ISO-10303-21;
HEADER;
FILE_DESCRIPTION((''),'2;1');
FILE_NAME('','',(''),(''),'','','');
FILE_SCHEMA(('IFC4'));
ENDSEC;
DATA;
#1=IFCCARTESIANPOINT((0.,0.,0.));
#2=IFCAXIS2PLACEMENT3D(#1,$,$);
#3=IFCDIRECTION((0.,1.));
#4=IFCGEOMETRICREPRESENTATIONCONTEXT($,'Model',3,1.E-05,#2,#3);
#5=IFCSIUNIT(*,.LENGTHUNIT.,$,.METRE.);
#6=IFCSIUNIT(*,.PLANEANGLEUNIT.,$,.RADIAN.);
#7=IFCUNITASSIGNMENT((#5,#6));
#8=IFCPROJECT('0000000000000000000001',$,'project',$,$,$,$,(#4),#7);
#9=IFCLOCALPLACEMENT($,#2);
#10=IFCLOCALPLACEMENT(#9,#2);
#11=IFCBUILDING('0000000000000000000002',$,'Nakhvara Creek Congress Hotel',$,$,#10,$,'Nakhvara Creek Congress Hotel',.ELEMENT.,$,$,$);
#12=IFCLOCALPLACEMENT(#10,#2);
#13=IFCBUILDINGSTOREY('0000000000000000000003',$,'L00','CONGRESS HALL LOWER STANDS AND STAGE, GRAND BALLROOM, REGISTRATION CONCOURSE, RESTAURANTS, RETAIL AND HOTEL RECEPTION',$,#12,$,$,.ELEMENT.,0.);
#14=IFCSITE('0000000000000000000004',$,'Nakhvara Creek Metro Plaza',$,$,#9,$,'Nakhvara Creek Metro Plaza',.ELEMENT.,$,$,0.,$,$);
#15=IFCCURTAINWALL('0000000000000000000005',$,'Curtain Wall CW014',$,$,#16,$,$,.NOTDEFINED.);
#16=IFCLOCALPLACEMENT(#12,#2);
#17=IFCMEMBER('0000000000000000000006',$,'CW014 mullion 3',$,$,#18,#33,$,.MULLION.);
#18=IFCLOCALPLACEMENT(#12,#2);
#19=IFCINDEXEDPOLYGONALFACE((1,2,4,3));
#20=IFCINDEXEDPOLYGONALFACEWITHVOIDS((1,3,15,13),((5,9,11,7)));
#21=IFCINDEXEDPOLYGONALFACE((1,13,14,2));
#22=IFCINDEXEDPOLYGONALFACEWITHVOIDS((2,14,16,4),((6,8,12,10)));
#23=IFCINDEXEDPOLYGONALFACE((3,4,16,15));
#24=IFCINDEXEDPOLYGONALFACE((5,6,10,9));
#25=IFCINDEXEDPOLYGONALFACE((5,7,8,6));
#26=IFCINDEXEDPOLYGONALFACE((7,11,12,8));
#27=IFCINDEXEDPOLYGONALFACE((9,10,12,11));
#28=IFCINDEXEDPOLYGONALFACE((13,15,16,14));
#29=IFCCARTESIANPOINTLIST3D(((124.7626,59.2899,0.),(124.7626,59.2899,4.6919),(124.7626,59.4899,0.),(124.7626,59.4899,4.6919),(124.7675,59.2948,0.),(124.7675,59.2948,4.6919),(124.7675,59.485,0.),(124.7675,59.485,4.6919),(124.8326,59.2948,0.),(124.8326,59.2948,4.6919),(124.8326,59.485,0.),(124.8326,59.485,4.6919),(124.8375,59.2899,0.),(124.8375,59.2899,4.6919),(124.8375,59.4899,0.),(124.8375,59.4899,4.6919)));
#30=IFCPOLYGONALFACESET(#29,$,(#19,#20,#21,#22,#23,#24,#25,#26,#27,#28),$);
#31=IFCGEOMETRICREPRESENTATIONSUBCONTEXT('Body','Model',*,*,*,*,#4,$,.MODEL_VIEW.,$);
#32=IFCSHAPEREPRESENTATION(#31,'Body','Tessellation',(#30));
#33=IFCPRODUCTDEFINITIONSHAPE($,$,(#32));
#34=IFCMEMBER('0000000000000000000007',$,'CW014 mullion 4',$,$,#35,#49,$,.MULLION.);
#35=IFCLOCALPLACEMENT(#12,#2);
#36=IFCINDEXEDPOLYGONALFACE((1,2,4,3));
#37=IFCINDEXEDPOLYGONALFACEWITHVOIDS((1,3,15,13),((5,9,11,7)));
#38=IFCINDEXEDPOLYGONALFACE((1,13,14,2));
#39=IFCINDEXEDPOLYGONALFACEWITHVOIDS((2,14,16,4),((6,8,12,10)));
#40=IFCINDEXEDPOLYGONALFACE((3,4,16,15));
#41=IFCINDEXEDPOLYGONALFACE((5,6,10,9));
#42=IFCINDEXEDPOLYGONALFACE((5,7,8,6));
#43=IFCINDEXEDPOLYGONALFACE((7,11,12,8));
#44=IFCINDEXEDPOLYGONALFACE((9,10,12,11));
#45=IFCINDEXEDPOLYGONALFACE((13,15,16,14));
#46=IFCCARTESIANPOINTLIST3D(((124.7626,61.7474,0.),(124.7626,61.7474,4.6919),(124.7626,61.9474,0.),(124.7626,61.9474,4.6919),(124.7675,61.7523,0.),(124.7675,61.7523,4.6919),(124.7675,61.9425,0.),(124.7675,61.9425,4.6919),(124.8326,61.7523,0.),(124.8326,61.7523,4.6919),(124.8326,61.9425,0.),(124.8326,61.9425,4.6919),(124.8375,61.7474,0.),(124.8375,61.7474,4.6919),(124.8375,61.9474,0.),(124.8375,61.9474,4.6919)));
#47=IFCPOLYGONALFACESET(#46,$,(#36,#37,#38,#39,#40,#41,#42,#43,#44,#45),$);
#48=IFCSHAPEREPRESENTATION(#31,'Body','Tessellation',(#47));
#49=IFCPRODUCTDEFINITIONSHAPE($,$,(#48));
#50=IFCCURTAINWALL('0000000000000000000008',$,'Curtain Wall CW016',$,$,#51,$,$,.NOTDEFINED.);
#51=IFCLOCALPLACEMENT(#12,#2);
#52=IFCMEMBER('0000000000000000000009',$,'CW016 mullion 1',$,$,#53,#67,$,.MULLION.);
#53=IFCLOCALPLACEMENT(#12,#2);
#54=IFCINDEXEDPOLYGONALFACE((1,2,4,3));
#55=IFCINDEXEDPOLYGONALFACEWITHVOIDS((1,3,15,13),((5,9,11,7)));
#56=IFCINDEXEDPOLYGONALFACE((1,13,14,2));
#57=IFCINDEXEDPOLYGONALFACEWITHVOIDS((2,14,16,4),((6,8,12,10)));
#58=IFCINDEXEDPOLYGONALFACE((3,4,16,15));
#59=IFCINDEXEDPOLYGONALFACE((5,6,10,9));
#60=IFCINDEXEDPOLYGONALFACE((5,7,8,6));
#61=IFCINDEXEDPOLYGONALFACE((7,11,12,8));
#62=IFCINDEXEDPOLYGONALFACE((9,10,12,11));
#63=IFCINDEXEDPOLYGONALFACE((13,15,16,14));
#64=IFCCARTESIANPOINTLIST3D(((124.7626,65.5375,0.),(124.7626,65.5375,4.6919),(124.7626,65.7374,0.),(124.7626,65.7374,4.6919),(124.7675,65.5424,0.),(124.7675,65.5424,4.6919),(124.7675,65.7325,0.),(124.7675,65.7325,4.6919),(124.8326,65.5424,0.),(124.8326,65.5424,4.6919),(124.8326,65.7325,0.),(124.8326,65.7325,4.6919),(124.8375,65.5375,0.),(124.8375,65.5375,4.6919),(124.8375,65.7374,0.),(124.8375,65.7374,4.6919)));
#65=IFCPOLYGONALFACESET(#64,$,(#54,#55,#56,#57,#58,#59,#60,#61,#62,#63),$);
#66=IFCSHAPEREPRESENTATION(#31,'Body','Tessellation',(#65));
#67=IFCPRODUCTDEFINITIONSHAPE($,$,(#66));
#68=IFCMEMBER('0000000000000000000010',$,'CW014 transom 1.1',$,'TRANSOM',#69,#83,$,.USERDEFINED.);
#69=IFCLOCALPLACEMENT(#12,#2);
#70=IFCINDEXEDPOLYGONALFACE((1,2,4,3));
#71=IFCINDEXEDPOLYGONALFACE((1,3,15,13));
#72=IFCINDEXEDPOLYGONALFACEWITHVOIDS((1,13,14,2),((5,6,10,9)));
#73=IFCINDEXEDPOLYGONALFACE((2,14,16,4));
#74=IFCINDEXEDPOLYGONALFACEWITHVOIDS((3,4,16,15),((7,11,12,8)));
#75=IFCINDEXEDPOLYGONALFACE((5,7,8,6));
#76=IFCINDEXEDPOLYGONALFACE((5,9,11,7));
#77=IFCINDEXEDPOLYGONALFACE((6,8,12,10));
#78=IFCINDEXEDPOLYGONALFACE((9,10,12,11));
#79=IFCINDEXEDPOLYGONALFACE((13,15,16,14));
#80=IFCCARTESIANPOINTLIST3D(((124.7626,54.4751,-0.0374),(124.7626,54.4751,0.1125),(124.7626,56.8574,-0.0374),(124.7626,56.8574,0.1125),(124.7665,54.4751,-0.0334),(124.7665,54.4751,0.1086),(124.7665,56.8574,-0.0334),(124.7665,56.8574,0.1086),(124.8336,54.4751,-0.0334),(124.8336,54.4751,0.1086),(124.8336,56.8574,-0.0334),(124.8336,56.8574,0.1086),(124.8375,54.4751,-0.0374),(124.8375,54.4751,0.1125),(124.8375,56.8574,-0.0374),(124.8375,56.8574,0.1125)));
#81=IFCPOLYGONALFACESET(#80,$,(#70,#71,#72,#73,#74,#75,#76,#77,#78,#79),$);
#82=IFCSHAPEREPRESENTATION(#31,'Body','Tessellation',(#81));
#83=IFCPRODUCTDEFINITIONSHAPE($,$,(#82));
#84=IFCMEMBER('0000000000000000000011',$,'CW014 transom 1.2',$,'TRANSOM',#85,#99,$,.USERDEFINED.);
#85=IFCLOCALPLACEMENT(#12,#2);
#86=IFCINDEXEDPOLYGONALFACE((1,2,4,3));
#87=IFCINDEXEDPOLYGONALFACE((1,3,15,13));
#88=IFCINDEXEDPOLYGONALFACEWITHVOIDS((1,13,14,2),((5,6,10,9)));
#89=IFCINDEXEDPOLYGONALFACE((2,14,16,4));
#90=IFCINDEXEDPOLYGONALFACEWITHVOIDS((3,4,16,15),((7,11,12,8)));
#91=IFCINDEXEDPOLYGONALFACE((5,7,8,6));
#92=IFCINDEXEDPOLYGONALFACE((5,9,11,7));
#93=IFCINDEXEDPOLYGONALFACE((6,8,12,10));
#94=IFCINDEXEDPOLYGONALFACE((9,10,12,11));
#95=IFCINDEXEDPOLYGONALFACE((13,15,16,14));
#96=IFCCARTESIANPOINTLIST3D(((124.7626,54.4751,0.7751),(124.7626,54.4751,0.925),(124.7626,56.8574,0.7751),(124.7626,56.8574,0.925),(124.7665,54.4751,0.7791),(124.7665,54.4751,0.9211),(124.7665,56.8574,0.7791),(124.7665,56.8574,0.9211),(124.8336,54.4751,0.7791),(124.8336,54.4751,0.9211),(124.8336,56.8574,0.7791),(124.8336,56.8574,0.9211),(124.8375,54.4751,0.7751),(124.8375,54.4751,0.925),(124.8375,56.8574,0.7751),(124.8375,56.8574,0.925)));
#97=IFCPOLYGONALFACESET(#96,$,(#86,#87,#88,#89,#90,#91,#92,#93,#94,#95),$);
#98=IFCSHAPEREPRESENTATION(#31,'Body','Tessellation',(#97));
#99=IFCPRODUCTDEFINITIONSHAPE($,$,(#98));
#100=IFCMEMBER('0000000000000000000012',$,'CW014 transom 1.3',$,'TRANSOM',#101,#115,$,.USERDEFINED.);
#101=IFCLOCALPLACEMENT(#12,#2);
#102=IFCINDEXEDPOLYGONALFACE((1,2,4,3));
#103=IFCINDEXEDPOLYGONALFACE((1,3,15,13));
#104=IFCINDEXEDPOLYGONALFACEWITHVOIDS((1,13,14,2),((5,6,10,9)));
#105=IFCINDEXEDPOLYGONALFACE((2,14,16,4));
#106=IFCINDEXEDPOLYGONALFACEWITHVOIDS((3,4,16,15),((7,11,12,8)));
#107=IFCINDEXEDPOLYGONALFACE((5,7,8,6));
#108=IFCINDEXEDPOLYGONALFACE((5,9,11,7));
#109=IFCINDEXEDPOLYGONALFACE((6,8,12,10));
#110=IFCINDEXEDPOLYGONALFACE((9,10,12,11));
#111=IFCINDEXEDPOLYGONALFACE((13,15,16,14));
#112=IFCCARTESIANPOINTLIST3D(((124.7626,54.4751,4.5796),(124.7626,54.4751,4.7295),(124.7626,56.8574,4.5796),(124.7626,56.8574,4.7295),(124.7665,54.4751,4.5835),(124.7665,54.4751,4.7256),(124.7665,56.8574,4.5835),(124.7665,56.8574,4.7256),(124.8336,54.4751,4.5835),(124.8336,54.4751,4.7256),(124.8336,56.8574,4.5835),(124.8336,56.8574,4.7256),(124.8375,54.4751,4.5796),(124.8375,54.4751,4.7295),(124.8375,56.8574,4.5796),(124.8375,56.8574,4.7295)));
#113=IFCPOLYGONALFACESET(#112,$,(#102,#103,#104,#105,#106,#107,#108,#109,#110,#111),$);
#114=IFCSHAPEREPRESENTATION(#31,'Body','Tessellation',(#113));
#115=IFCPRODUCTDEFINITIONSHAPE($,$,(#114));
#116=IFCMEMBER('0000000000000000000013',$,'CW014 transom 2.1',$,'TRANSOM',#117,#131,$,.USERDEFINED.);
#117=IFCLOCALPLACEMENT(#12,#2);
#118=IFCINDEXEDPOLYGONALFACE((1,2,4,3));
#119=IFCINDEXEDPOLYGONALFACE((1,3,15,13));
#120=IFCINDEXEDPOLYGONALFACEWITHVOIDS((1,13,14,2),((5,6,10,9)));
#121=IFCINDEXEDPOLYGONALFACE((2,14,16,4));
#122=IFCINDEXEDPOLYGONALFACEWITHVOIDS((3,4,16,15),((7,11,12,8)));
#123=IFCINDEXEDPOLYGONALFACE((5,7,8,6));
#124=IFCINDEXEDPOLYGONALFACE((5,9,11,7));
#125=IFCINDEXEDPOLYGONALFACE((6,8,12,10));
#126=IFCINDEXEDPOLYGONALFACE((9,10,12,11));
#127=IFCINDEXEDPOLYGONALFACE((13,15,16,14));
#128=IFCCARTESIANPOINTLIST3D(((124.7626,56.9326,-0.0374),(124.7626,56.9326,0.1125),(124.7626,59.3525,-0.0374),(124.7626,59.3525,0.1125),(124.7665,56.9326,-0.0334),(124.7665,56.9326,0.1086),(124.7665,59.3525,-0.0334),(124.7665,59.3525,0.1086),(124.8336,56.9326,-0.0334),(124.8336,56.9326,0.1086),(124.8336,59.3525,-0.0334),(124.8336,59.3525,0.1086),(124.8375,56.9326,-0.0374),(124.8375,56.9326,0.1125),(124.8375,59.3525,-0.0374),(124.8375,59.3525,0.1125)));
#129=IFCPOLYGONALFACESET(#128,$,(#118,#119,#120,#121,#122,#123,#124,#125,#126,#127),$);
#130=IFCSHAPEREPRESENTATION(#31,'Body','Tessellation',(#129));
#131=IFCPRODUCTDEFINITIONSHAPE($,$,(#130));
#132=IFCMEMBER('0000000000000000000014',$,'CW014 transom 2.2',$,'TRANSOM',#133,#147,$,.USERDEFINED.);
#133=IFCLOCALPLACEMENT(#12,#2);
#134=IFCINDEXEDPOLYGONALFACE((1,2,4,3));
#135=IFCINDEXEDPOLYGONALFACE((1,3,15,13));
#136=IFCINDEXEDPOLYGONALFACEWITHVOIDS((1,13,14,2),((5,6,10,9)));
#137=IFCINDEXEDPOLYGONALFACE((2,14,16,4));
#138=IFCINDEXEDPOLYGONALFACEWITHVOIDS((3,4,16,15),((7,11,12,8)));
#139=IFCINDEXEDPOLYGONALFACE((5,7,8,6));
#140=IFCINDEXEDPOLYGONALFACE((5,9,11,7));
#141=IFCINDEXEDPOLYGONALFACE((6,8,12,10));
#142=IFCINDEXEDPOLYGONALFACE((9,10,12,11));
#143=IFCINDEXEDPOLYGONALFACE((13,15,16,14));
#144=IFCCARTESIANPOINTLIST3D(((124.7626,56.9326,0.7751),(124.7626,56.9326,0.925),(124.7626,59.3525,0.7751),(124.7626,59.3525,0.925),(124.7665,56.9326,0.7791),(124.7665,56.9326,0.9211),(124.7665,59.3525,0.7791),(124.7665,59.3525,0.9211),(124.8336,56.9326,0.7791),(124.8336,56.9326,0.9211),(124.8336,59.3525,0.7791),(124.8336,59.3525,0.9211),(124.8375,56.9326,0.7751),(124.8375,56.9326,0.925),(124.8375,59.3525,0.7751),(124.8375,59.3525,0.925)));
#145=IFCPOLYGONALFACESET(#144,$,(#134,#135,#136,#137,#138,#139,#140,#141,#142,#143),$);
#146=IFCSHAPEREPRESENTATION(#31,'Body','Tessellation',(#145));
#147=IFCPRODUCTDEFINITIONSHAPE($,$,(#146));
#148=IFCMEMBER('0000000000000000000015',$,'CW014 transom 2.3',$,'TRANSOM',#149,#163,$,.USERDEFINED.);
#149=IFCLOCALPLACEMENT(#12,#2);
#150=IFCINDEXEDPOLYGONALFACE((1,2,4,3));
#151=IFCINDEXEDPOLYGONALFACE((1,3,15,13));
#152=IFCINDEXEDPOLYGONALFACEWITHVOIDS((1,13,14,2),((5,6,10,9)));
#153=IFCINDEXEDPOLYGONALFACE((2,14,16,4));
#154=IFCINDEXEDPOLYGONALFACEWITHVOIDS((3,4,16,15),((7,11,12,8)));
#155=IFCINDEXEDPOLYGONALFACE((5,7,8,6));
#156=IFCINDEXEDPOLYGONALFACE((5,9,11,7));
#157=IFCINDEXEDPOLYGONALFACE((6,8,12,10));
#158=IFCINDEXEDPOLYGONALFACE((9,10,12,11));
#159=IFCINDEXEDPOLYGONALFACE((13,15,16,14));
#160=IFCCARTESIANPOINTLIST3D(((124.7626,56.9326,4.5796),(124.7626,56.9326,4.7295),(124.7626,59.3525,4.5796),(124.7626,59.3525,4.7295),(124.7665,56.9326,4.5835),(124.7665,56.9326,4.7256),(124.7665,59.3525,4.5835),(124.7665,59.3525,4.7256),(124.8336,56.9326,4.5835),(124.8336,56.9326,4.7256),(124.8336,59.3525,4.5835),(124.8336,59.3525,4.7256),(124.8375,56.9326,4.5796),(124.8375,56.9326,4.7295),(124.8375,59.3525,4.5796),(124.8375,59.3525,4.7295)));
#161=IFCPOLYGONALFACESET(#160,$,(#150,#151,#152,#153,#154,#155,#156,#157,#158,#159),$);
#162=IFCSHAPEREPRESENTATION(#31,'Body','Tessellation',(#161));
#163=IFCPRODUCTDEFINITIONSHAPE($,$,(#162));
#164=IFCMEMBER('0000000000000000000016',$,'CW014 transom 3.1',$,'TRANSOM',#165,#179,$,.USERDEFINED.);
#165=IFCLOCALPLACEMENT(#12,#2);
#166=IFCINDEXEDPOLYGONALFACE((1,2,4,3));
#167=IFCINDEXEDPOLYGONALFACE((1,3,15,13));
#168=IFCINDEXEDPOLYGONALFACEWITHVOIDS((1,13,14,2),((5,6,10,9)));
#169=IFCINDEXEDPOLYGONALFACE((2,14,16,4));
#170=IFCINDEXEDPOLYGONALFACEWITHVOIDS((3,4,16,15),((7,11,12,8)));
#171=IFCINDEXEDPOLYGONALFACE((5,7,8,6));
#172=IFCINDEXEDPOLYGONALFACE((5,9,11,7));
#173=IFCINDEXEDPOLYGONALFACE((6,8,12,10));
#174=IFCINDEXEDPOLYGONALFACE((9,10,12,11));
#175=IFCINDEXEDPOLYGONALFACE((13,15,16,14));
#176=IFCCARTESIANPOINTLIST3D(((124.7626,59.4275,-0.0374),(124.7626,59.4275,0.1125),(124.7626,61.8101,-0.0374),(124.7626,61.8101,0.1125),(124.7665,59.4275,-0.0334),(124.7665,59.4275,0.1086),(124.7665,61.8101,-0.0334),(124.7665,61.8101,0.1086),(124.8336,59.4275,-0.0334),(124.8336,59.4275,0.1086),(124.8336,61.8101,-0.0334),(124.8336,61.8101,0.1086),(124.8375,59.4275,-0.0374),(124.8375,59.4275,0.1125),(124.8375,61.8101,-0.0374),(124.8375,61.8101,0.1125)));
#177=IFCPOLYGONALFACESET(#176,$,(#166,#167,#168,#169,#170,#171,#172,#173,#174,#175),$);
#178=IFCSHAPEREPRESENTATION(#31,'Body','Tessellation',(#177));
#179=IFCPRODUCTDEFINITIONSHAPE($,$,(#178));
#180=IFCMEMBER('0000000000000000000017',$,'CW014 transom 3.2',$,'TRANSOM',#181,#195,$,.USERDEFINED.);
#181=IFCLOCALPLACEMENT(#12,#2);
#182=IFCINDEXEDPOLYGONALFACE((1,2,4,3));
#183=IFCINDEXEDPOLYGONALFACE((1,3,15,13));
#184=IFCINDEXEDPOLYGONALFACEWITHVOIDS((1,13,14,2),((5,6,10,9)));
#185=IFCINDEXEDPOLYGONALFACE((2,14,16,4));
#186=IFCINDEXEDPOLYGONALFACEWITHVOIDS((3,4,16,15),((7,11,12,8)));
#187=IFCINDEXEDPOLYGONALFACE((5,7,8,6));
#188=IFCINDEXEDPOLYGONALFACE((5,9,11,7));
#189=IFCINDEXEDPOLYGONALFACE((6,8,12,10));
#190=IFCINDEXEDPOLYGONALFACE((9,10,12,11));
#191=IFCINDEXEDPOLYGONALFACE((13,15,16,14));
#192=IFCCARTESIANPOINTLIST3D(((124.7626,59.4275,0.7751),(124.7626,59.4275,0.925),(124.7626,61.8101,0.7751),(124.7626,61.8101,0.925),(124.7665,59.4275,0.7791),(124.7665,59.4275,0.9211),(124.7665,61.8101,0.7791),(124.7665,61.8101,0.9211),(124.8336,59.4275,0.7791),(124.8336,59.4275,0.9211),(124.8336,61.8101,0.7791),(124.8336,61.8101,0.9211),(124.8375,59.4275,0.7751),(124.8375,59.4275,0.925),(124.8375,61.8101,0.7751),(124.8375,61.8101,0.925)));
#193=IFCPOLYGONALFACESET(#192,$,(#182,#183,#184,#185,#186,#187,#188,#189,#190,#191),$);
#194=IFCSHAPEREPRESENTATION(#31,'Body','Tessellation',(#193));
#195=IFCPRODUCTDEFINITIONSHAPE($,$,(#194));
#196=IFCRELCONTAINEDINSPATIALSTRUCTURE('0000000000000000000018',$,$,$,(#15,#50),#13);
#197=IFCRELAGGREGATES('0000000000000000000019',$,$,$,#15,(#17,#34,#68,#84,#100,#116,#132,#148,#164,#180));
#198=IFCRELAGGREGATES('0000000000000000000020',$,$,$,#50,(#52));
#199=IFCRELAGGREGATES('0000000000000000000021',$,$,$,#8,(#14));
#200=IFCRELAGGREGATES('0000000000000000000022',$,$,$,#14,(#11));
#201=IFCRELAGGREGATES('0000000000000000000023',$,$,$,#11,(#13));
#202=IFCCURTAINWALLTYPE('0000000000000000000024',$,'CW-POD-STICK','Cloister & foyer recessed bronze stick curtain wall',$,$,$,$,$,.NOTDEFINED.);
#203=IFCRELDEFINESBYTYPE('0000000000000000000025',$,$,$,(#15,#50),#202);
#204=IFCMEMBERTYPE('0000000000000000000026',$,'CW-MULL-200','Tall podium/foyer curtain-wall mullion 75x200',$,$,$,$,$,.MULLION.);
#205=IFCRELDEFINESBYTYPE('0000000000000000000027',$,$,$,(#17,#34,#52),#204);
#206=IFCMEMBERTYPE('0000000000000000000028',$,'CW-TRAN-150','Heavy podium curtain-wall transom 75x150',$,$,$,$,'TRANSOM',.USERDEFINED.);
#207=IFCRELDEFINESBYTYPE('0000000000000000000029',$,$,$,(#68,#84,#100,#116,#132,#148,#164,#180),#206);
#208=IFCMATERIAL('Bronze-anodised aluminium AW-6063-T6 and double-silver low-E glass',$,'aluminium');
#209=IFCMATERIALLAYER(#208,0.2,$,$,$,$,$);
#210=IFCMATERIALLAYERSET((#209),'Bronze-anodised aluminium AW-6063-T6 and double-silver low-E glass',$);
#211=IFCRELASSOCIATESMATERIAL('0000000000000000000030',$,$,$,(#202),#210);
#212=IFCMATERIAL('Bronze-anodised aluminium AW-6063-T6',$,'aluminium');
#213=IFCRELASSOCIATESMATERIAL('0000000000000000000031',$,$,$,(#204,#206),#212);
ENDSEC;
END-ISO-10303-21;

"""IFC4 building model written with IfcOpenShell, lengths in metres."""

from ifc_helpers import new_model, si_unit, direction, frame, origin, origin_2d, place, context, subcontext, project, spatial, hollow_rectangle, extrude, material, layer, layer_set, material_profile, profile_set, type_object, element, aggregate, save


model = new_model("IFC4")

# Units and contexts
model_context = context("Model", 3, precision=1e-05, world=origin(), true_north=direction((0.0, 1.0)))
body_context = subcontext(model_context, "Body", "Model", "MODEL_VIEW")
ifc_project = project(units=[si_unit("LENGTHUNIT", "METRE"), si_unit("PLANEANGLEUNIT", "RADIAN")], contexts=[model_context])

# Site, building, storey
site_placement = place(None, origin())
site = spatial("IfcSite", under=ifc_project, at=site_placement, Name="Nakhvara Creek Metro Plaza", LongName="Nakhvara Creek Metro Plaza", CompositionType="ELEMENT", RefElevation=0.0)
building_placement = place(site_placement, origin())
building = spatial("IfcBuilding", under=site, at=building_placement, Name="Nakhvara Creek Congress Hotel", LongName="Nakhvara Creek Congress Hotel", CompositionType="ELEMENT")
storey_placement = place(building_placement, origin())
storey = spatial("IfcBuildingStorey", under=building, at=storey_placement, Name="L00", Description="CONGRESS HALL LOWER STANDS AND STAGE, GRAND BALLROOM, REGISTRATION CONCOURSE, RESTAURANTS, RETAIL AND HOTEL RECEPTION", CompositionType="ELEMENT", Elevation=0.0)

# Shared definitions
ifc_material_1 = material(Name="Bronze-anodised aluminium AW-6063-T6 and double-silver low-E glass", Category="aluminium")
ifc_layer = layer(ifc_material_1, 0.2)
ifc_layer_set = layer_set([ifc_layer], Name="Bronze-anodised aluminium AW-6063-T6 and double-silver low-E glass")
curtain_wall_type = type_object("IfcCurtainWallType", Name="CW-POD-STICK", Description="Cloister & foyer recessed bronze stick curtain wall", PredefinedType="NOTDEFINED", material=ifc_layer_set)
ifc_material_2 = material(Name="Bronze-anodised aluminium AW-6063-T6", Category="aluminium")
ifc_material_profile_1 = material_profile(ifc_material_2, hollow_rectangle(XDim=0.075, YDim=0.2, WallThickness=0.0049, at=origin_2d()), Name="ALU-MULL 75x200x5", Category="LoadBearing")
ifc_profile_set_1 = profile_set([ifc_material_profile_1], Name="Bronze-anodised aluminium AW-6063-T6")
member_type_1 = type_object("IfcMemberType", Name="CW-MULL-200", Description="Tall podium/foyer curtain-wall mullion 75x200", PredefinedType="MULLION", material=ifc_profile_set_1)

# Curtain wall, members
curtain_wall_1_placement = place(storey_placement, origin())
curtain_wall_1 = element("IfcCurtainWall", 1, at=curtain_wall_1_placement, inside=storey, type_object=curtain_wall_type, Name="Curtain Wall CW014", PredefinedType="NOTDEFINED")
member_1_placement = place(storey_placement, frame((124.8, 59.3899, 0.0), z_axis=(0.0, 0.0, 1.0), x_axis=(-1.0, 0.0, 0.0)))
member_1 = element("IfcMember", 2, at=member_1_placement, type_object=member_type_1, Name="CW014 mullion 3", PredefinedType="MULLION", context=body_context, shape_type="SweptSolid", body=[
    extrude(hollow_rectangle(XDim=0.075, YDim=0.2, WallThickness=0.0049, at=origin_2d()), origin(), (0.0, 0.0, 1.0), 4.6919),
])
member_2_placement = place(storey_placement, frame((124.8, 61.8474, 0.0), z_axis=(0.0, 0.0, 1.0), x_axis=(-1.0, 0.0, 0.0)))
member_2 = element("IfcMember", 3, at=member_2_placement, type_object=member_type_1, Name="CW014 mullion 4", PredefinedType="MULLION", context=body_context, shape_type="SweptSolid", body=[
    extrude(hollow_rectangle(XDim=0.075, YDim=0.2, WallThickness=0.0049, at=origin_2d()), origin(), (0.0, 0.0, 1.0), 4.6919),
])

# Curtain wall, member
curtain_wall_2_placement = place(storey_placement, origin())
curtain_wall_2 = element("IfcCurtainWall", 4, at=curtain_wall_2_placement, inside=storey, type_object=curtain_wall_type, Name="Curtain Wall CW016", PredefinedType="NOTDEFINED")
member_3_placement = place(storey_placement, frame((124.8, 65.6375, 0.0), z_axis=(0.0, 0.0, 1.0), x_axis=(-1.0, 0.0, 0.0)))
member_3 = element("IfcMember", 5, at=member_3_placement, type_object=member_type_1, Name="CW016 mullion 1", PredefinedType="MULLION", context=body_context, shape_type="SweptSolid", body=[
    extrude(hollow_rectangle(XDim=0.075, YDim=0.2, WallThickness=0.0049, at=origin_2d()), origin(), (0.0, 0.0, 1.0), 4.6919),
])

# Members
ifc_material_profile_2 = material_profile(ifc_material_2, hollow_rectangle(XDim=0.075, YDim=0.1499, WallThickness=0.0039, at=origin_2d()), Name="ALU-TRAN 75x150x4", Category="LoadBearing")
ifc_profile_set_2 = profile_set([ifc_material_profile_2], Name="Bronze-anodised aluminium AW-6063-T6")
member_type_2 = type_object("IfcMemberType", Name="CW-TRAN-150", Description="Heavy podium curtain-wall transom 75x150", ElementType="TRANSOM", PredefinedType="USERDEFINED", material=ifc_profile_set_2)
member_4_placement = place(storey_placement, frame((124.8, 54.4751, 0.0376), z_axis=(0.0, 1.0, 0.0), x_axis=(-1.0, 0.0, 0.0)))
member_4 = element("IfcMember", 6, at=member_4_placement, type_object=member_type_2, Name="CW014 transom 1.1", ObjectType="TRANSOM", PredefinedType="USERDEFINED", context=body_context, shape_type="SweptSolid", body=[
    extrude(hollow_rectangle(XDim=0.075, YDim=0.1499, WallThickness=0.0039, at=origin_2d()), origin(), (0.0, 0.0, 1.0), 2.3823),
])
member_5_placement = place(storey_placement, frame((124.8, 54.4751, 0.8501), z_axis=(0.0, 1.0, 0.0), x_axis=(-1.0, 0.0, 0.0)))
member_5 = element("IfcMember", 7, at=member_5_placement, type_object=member_type_2, Name="CW014 transom 1.2", ObjectType="TRANSOM", PredefinedType="USERDEFINED", context=body_context, shape_type="SweptSolid", body=[
    extrude(hollow_rectangle(XDim=0.075, YDim=0.1499, WallThickness=0.0039, at=origin_2d()), origin(), (0.0, 0.0, 1.0), 2.3823),
])
member_6_placement = place(storey_placement, frame((124.8, 54.4751, 4.6545), z_axis=(0.0, 1.0, 0.0), x_axis=(-1.0, 0.0, 0.0)))
member_6 = element("IfcMember", 8, at=member_6_placement, type_object=member_type_2, Name="CW014 transom 1.3", ObjectType="TRANSOM", PredefinedType="USERDEFINED", context=body_context, shape_type="SweptSolid", body=[
    extrude(hollow_rectangle(XDim=0.075, YDim=0.1499, WallThickness=0.0039, at=origin_2d()), origin(), (0.0, 0.0, 1.0), 2.3823),
])
member_7_placement = place(storey_placement, frame((124.8, 56.9326, 0.0376), z_axis=(0.0, 1.0, 0.0), x_axis=(-1.0, 0.0, 0.0)))
member_7 = element("IfcMember", 9, at=member_7_placement, type_object=member_type_2, Name="CW014 transom 2.1", ObjectType="TRANSOM", PredefinedType="USERDEFINED", context=body_context, shape_type="SweptSolid", body=[
    extrude(hollow_rectangle(XDim=0.075, YDim=0.1499, WallThickness=0.0039, at=origin_2d()), origin(), (0.0, 0.0, 1.0), 2.4199),
])
member_8_placement = place(storey_placement, frame((124.8, 56.9326, 0.8501), z_axis=(0.0, 1.0, 0.0), x_axis=(-1.0, 0.0, 0.0)))
member_8 = element("IfcMember", 10, at=member_8_placement, type_object=member_type_2, Name="CW014 transom 2.2", ObjectType="TRANSOM", PredefinedType="USERDEFINED", context=body_context, shape_type="SweptSolid", body=[
    extrude(hollow_rectangle(XDim=0.075, YDim=0.1499, WallThickness=0.0039, at=origin_2d()), origin(), (0.0, 0.0, 1.0), 2.4199),
])
member_9_placement = place(storey_placement, frame((124.8, 56.9326, 4.6545), z_axis=(0.0, 1.0, 0.0), x_axis=(-1.0, 0.0, 0.0)))
member_9 = element("IfcMember", 11, at=member_9_placement, type_object=member_type_2, Name="CW014 transom 2.3", ObjectType="TRANSOM", PredefinedType="USERDEFINED", context=body_context, shape_type="SweptSolid", body=[
    extrude(hollow_rectangle(XDim=0.075, YDim=0.1499, WallThickness=0.0039, at=origin_2d()), origin(), (0.0, 0.0, 1.0), 2.4199),
])
member_10_placement = place(storey_placement, frame((124.8, 59.4275, 0.0376), z_axis=(0.0, 1.0, 0.0), x_axis=(-1.0, 0.0, 0.0)))
member_10 = element("IfcMember", 12, at=member_10_placement, type_object=member_type_2, Name="CW014 transom 3.1", ObjectType="TRANSOM", PredefinedType="USERDEFINED", context=body_context, shape_type="SweptSolid", body=[
    extrude(hollow_rectangle(XDim=0.075, YDim=0.1499, WallThickness=0.0039, at=origin_2d()), origin(), (0.0, 0.0, 1.0), 2.3826),
])
member_11_placement = place(storey_placement, frame((124.8, 59.4275, 0.8501), z_axis=(0.0, 1.0, 0.0), x_axis=(-1.0, 0.0, 0.0)))
member_11 = element("IfcMember", 13, at=member_11_placement, type_object=member_type_2, Name="CW014 transom 3.2", ObjectType="TRANSOM", PredefinedType="USERDEFINED", context=body_context, shape_type="SweptSolid", body=[
    extrude(hollow_rectangle(XDim=0.075, YDim=0.1499, WallThickness=0.0039, at=origin_2d()), origin(), (0.0, 0.0, 1.0), 2.3826),
])

aggregate(curtain_wall_1, [member_1, member_2, member_4, member_5, member_6, member_7, member_8, member_9, member_10, member_11])
aggregate(curtain_wall_2, [member_3])

save(model, "model.ifc")
